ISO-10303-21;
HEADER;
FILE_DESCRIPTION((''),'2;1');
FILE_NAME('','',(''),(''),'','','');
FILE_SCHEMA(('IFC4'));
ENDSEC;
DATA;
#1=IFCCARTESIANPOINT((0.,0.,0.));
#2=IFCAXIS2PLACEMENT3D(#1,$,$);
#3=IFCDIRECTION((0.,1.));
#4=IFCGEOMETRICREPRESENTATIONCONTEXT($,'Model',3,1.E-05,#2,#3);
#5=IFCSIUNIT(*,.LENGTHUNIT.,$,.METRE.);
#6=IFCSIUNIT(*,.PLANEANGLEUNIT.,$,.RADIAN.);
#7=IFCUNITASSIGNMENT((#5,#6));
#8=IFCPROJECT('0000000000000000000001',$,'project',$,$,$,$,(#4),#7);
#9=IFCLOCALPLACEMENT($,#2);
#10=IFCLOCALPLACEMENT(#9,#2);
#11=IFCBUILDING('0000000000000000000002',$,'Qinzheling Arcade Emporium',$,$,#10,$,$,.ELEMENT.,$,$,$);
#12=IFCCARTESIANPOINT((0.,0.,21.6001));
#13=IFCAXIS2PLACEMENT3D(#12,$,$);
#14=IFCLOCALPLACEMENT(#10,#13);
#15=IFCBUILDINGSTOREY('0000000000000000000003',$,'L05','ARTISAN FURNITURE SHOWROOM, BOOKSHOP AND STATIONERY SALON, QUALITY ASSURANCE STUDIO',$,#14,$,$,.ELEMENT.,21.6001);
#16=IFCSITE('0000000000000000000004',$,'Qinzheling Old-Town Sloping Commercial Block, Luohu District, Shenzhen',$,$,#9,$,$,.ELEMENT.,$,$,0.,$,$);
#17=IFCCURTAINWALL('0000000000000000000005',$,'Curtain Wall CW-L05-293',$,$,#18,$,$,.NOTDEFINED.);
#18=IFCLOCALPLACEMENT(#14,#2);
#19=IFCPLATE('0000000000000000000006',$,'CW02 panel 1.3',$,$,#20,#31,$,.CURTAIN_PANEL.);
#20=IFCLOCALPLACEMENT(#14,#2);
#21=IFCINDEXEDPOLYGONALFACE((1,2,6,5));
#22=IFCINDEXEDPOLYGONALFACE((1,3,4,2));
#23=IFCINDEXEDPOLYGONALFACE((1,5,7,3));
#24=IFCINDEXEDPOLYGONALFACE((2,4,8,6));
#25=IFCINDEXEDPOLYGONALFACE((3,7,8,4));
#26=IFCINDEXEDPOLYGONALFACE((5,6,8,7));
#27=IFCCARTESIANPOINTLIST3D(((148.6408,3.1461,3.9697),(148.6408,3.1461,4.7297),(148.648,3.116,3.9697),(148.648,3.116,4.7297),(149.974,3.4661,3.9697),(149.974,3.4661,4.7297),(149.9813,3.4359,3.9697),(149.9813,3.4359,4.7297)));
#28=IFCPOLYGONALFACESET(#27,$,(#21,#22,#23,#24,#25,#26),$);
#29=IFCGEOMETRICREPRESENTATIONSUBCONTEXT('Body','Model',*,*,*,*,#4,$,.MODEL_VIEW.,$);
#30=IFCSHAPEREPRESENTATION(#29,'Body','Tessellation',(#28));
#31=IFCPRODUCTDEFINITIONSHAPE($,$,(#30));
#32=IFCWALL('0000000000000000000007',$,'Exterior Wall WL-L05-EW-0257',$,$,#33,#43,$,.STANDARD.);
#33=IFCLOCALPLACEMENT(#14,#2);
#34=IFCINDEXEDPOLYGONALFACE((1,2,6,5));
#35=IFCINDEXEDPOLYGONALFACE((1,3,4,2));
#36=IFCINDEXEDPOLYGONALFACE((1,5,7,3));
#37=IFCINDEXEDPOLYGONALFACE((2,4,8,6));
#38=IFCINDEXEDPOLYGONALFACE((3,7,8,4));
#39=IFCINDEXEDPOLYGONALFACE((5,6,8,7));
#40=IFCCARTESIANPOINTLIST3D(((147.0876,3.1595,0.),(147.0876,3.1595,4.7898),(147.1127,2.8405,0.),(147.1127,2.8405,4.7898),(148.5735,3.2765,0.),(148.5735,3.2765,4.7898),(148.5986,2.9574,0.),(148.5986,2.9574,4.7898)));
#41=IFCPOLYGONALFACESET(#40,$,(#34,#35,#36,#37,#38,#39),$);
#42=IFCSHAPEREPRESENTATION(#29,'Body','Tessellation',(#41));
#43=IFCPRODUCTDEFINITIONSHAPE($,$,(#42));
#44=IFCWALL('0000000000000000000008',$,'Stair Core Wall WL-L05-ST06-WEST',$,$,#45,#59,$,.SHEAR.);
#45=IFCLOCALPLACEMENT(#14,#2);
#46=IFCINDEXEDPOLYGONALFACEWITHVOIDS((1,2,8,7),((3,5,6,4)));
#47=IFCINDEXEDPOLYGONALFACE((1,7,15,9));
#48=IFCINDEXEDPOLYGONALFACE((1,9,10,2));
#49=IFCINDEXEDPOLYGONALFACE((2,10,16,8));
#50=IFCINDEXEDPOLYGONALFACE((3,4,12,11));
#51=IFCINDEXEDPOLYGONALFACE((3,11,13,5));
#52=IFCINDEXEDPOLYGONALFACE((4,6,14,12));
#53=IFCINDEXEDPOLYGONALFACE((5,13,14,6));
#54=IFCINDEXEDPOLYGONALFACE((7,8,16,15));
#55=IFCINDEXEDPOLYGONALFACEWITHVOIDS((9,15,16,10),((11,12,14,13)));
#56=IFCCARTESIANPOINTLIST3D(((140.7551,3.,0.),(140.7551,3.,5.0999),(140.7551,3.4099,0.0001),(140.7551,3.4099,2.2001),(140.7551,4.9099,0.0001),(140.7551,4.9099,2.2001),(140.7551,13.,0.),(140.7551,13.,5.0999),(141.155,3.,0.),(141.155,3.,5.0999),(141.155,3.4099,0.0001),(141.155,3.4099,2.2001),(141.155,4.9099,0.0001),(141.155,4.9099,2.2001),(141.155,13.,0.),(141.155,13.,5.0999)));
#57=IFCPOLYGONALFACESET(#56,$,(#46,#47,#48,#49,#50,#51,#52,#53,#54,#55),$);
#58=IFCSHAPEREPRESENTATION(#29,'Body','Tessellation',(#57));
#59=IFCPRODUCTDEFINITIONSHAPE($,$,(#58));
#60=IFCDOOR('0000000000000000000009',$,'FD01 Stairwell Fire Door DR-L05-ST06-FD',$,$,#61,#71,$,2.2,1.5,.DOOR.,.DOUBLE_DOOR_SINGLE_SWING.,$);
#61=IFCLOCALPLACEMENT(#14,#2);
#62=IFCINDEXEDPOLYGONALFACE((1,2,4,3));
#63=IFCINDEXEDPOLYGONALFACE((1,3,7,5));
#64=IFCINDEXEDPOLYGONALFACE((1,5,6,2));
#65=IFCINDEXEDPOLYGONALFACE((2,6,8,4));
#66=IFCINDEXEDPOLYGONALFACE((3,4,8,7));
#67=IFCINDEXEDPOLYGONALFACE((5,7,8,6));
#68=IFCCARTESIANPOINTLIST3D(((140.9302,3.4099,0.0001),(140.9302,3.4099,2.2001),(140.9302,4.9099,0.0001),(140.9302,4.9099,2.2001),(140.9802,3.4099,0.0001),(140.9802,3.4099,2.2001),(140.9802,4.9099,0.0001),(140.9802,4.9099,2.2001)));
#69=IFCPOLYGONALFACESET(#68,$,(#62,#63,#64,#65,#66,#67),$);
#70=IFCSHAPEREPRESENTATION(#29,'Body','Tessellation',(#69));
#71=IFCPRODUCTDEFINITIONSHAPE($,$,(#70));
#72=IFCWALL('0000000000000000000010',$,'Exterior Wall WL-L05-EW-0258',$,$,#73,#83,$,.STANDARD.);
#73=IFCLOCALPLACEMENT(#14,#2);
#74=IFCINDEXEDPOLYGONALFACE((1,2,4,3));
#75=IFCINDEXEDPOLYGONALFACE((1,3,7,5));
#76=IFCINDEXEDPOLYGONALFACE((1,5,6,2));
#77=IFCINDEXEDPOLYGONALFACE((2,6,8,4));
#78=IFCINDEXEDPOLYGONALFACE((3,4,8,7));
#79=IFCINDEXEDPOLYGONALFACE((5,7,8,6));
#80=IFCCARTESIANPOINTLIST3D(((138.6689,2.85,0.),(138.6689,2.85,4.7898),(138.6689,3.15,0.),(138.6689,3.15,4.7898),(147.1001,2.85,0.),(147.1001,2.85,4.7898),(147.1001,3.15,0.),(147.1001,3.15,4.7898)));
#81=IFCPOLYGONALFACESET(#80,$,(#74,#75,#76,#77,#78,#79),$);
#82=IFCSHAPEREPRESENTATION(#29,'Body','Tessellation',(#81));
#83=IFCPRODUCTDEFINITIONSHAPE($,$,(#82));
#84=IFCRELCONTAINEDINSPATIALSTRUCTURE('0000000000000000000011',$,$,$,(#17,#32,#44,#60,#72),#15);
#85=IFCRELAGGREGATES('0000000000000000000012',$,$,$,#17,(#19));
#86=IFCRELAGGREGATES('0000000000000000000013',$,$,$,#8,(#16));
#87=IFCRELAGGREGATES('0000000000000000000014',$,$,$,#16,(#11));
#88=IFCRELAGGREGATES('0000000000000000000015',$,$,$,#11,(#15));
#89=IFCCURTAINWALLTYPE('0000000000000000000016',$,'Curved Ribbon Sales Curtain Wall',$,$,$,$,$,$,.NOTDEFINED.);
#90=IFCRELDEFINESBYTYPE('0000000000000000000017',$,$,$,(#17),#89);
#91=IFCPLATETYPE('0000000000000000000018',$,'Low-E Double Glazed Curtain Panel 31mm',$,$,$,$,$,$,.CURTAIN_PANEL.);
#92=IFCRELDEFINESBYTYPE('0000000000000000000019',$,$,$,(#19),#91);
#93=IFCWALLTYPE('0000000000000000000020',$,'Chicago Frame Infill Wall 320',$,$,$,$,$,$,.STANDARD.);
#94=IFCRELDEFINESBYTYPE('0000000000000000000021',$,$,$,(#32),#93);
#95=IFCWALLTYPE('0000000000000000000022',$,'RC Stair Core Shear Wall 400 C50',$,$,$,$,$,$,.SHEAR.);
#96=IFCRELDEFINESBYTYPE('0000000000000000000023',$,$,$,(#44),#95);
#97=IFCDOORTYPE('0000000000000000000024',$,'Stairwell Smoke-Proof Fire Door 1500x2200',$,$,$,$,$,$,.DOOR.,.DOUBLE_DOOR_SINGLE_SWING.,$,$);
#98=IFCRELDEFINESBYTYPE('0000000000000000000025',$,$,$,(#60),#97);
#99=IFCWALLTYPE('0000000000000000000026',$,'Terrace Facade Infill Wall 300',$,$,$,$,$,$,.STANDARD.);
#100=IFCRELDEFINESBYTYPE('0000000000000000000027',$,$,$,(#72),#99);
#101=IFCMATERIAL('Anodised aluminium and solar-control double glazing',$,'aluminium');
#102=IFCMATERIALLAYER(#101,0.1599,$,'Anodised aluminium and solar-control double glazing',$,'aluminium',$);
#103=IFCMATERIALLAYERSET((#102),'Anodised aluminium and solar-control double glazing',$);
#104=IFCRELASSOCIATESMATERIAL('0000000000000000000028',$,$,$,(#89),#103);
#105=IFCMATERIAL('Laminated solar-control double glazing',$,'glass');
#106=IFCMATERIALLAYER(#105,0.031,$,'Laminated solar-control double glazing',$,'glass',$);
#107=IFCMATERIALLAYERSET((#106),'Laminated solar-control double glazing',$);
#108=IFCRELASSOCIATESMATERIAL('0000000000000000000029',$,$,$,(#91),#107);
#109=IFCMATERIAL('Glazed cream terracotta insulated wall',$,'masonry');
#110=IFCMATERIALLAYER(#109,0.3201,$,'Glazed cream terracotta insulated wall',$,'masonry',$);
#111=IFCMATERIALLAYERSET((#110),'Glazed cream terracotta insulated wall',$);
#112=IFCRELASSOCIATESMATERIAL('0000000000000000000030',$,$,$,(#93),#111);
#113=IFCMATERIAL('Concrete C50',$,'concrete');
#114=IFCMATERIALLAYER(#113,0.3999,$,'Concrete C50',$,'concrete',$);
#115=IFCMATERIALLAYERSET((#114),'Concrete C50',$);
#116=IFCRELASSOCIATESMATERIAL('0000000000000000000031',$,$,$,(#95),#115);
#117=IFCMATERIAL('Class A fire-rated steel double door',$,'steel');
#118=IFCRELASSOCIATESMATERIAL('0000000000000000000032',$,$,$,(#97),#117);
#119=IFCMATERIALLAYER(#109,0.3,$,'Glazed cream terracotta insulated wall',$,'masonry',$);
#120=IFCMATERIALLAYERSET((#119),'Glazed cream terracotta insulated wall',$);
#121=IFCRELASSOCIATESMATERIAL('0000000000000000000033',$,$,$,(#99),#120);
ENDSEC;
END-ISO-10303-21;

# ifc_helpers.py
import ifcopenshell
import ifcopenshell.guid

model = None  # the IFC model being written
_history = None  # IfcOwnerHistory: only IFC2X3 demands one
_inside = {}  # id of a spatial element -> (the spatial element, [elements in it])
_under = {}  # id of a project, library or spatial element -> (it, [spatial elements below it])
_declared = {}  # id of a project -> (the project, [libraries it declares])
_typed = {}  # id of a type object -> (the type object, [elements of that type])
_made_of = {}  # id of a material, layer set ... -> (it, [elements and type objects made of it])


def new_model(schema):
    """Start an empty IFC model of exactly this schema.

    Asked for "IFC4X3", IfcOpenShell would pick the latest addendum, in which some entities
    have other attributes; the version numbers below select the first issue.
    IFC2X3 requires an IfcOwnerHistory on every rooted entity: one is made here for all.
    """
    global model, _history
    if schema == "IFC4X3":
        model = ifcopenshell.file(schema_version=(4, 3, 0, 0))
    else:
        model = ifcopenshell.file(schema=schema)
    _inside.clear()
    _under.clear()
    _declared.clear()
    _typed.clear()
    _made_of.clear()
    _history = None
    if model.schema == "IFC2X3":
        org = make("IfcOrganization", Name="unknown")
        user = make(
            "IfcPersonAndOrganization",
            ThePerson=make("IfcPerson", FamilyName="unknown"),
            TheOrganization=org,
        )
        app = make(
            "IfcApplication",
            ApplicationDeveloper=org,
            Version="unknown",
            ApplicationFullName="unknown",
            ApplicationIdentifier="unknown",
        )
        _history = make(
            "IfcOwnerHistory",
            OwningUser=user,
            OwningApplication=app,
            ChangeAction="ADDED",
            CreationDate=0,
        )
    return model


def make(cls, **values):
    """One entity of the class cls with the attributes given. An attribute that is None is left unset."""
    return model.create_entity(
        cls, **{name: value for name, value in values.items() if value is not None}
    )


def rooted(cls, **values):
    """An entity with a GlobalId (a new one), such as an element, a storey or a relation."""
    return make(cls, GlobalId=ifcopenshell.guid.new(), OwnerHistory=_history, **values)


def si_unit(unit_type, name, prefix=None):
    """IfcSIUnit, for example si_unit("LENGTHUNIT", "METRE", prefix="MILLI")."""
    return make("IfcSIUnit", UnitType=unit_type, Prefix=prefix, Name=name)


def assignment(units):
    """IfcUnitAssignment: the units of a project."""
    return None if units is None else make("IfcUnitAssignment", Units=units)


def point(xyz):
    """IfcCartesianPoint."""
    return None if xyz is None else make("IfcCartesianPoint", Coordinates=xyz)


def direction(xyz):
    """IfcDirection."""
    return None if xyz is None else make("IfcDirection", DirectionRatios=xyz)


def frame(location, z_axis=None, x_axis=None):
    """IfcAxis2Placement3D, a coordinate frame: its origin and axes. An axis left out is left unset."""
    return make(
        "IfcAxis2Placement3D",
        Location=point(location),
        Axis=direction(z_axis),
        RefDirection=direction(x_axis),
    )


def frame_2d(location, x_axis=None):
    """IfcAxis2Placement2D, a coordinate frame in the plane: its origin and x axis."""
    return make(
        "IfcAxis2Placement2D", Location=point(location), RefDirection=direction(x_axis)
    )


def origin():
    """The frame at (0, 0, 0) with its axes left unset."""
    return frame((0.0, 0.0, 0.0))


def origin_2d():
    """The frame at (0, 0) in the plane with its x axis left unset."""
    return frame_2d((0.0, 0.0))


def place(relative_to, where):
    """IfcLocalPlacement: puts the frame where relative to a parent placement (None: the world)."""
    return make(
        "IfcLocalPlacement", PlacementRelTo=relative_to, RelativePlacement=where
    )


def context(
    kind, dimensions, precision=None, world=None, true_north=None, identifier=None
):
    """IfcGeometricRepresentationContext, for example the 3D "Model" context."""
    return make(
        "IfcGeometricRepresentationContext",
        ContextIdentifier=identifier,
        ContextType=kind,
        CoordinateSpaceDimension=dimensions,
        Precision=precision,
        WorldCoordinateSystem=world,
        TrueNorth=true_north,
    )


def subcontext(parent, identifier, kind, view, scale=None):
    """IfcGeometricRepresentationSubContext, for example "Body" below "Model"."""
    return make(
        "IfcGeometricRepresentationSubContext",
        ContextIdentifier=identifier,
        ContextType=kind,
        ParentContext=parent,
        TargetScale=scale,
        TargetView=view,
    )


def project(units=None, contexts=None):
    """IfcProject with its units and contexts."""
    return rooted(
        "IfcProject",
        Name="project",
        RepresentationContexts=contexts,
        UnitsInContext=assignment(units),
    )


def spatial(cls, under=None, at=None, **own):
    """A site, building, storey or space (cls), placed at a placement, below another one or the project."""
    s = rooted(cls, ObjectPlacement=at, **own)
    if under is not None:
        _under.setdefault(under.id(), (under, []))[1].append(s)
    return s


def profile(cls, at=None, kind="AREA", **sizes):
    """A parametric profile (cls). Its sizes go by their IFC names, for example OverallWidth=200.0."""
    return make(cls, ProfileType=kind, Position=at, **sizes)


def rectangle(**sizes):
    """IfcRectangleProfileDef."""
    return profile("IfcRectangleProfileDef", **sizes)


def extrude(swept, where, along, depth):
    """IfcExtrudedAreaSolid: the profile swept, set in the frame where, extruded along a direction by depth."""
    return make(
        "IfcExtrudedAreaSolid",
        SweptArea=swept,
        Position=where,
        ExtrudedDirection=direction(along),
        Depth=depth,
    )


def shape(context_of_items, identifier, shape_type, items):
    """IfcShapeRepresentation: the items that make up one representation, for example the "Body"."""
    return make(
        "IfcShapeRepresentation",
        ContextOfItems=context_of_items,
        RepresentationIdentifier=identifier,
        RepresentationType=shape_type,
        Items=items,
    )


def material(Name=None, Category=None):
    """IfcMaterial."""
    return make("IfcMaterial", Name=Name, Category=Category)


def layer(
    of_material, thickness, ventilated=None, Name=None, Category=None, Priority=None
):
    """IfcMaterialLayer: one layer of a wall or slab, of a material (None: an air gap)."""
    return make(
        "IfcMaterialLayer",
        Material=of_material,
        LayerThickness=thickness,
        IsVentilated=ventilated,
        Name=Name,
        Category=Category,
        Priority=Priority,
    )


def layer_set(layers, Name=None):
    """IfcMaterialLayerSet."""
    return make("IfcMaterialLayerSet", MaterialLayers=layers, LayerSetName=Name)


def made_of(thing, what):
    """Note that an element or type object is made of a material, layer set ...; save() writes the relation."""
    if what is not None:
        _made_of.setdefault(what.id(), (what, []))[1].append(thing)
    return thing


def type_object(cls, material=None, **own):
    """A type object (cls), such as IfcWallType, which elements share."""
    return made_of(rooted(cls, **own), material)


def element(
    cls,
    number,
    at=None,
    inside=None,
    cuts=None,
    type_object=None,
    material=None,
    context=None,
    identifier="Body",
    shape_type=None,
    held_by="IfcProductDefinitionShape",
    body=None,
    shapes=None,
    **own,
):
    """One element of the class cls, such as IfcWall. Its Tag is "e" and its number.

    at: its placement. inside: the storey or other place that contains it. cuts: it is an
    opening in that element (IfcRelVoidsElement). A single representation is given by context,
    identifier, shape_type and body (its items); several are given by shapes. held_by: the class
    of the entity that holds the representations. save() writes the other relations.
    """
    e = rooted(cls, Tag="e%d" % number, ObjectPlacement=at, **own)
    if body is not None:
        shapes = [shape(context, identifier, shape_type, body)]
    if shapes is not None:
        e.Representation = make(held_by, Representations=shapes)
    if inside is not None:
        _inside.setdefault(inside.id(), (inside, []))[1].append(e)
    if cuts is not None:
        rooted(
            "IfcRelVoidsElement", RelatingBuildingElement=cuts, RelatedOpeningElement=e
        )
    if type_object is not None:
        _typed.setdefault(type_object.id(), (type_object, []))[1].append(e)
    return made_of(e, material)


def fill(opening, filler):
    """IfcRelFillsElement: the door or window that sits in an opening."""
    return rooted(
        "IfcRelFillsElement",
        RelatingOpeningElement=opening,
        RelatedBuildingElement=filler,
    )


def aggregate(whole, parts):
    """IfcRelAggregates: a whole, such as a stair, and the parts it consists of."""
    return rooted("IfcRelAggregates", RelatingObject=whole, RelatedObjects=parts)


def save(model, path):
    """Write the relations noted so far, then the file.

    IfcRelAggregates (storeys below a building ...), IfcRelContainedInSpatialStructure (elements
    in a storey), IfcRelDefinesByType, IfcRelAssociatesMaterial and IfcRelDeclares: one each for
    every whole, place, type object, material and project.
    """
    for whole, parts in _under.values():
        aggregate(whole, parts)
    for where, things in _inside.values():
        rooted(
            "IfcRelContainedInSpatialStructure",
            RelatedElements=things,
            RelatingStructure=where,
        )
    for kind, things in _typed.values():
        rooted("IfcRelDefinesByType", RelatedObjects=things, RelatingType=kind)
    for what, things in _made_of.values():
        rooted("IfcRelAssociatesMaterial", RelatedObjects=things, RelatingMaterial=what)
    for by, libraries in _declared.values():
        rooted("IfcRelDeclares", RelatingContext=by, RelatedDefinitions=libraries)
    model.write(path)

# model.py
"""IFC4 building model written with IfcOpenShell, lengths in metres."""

from ifc_helpers import new_model, si_unit, direction, frame, frame_2d, origin, origin_2d, place, context, subcontext, project, spatial, rectangle, extrude, material, layer, layer_set, type_object, element, fill, aggregate, save


model = new_model("IFC4")

# Units and contexts
model_context = context("Model", 3, precision=1e-05, world=origin(), true_north=direction((0.0, 1.0)))
body_context = subcontext(model_context, "Body", "Model", "MODEL_VIEW")
ifc_project = project(units=[si_unit("LENGTHUNIT", "METRE"), si_unit("PLANEANGLEUNIT", "RADIAN")], contexts=[model_context])

# Site, building, storey
site_placement = place(None, origin())
site = spatial("IfcSite", under=ifc_project, at=site_placement, Name="Qinzheling Old-Town Sloping Commercial Block, Luohu District, Shenzhen", CompositionType="ELEMENT", RefElevation=0.0)
building_placement = place(site_placement, origin())
building = spatial("IfcBuilding", under=site, at=building_placement, Name="Qinzheling Arcade Emporium", CompositionType="ELEMENT")
storey_placement = place(building_placement, frame((0.0, 0.0, 21.6001)))
storey = spatial("IfcBuildingStorey", under=building, at=storey_placement, Name="L05", Description="ARTISAN FURNITURE SHOWROOM, BOOKSHOP AND STATIONERY SALON, QUALITY ASSURANCE STUDIO", CompositionType="ELEMENT", Elevation=21.6001)

# Shared definitions
ifc_material_1 = material(Name="Anodised aluminium and solar-control double glazing", Category="aluminium")
ifc_layer_1 = layer(ifc_material_1, 0.1599, Name="Anodised aluminium and solar-control double glazing", Category="aluminium")
ifc_layer_set_1 = layer_set([ifc_layer_1], Name="Anodised aluminium and solar-control double glazing")
curtain_wall_type = type_object("IfcCurtainWallType", Name="Curved Ribbon Sales Curtain Wall", PredefinedType="NOTDEFINED", material=ifc_layer_set_1)

# Curtain wall
curtain_wall_1_placement = place(storey_placement, origin())
curtain_wall_1 = element("IfcCurtainWall", 1, at=curtain_wall_1_placement, inside=storey, type_object=curtain_wall_type, Name="Curtain Wall CW-L05-293", PredefinedType="NOTDEFINED")

# Plate
ifc_material_2 = material(Name="Laminated solar-control double glazing", Category="glass")
ifc_layer_2 = layer(ifc_material_2, 0.031, Name="Laminated solar-control double glazing", Category="glass")
ifc_layer_set_2 = layer_set([ifc_layer_2], Name="Laminated solar-control double glazing")
plate_type_1 = type_object("IfcPlateType", Name="Low-E Double Glazed Curtain Panel 31mm", PredefinedType="CURTAIN_PANEL", material=ifc_layer_set_2)
plate_1_placement = place(storey_placement, frame((149.311, 3.291, 3.9697), z_axis=(0.0, 0.0, 1.0), x_axis=(-0.972387, -0.233373, 0.0)))
plate_1 = element("IfcPlate", 2, at=plate_1_placement, type_object=plate_type_1, Name="CW02 panel 1.3", PredefinedType="CURTAIN_PANEL", context=body_context, shape_type="SweptSolid", body=[
    extrude(rectangle(XDim=1.3711, YDim=0.031, at=origin_2d()), origin(), (0.0, 0.0, 1.0), 0.76),
])
aggregate(curtain_wall_1, [plate_1])

# Wall
ifc_material_3 = material(Name="Glazed cream terracotta insulated wall", Category="masonry")
ifc_layer_3 = layer(ifc_material_3, 0.3201, Name="Glazed cream terracotta insulated wall", Category="masonry")
ifc_layer_set_3 = layer_set([ifc_layer_3], Name="Glazed cream terracotta insulated wall")
wall_type_1 = type_object("IfcWallType", Name="Chicago Frame Infill Wall 320", PredefinedType="STANDARD", material=ifc_layer_set_3)
wall_1_placement = place(storey_placement, frame((148.5859, 3.1169, 0.0), z_axis=(0.0, 0.0, 1.0), x_axis=(-0.996917, -0.078463, 0.0)))
element("IfcWall", 3, at=wall_1_placement, inside=storey, type_object=wall_type_1, Name="Exterior Wall WL-L05-EW-0257", PredefinedType="STANDARD", context=body_context, shape_type="SweptSolid", body=[
    extrude(rectangle(XDim=1.4905, YDim=0.3201, at=frame_2d((0.7451, 0.0))), origin(), (0.0, 0.0, 1.0), 4.7898),
])

# Wall, opening, door
ifc_material_4 = material(Name="Concrete C50", Category="concrete")
ifc_layer_4 = layer(ifc_material_4, 0.3999, Name="Concrete C50", Category="concrete")
ifc_layer_set_4 = layer_set([ifc_layer_4], Name="Concrete C50")
wall_type_2 = type_object("IfcWallType", Name="RC Stair Core Shear Wall 400 C50", PredefinedType="SHEAR", material=ifc_layer_set_4)
wall_2_placement = place(storey_placement, frame((140.9551, 3.0, 0.0), z_axis=(0.0, 0.0, 1.0), x_axis=(0.0, 1.0, 0.0)))
wall_2 = element("IfcWall", 4, at=wall_2_placement, inside=storey, type_object=wall_type_2, Name="Stair Core Wall WL-L05-ST06-WEST", PredefinedType="SHEAR", context=body_context, shape_type="SweptSolid", body=[
    extrude(rectangle(XDim=10.0, YDim=0.3999, at=frame_2d((5.0, 0.0))), origin(), (0.0, 0.0, 1.0), 5.0999),
])
opening_placement = place(wall_2_placement, frame((0.4099, 0.0, 0.0)))
opening = element("IfcOpeningElement", 5, at=opening_placement, cuts=wall_2, PredefinedType="OPENING", context=body_context, shape_type="SweptSolid", body=[
    extrude(rectangle(XDim=1.5, YDim=2.2, at=frame_2d((0.75, 1.1001))), frame((0.0, 0.21, 0.0), z_axis=(0.0, -1.0, 0.0), x_axis=(1.0, 0.0, 0.0)), (0.0, 0.0, 1.0), 0.4199),
])
ifc_material_5 = material(Name="Class A fire-rated steel double door", Category="steel")
door_type = type_object("IfcDoorType", Name="Stairwell Smoke-Proof Fire Door 1500x2200", OperationType="DOUBLE_DOOR_SINGLE_SWING", PredefinedType="DOOR", material=ifc_material_5)
door_placement = place(opening_placement, origin())
door = element("IfcDoor", 6, at=door_placement, inside=storey, type_object=door_type, Name="FD01 Stairwell Fire Door DR-L05-ST06-FD", OperationType="DOUBLE_DOOR_SINGLE_SWING", OverallHeight=2.2, OverallWidth=1.5, PredefinedType="DOOR", context=body_context, shape_type="SweptSolid", body=[
    extrude(rectangle(XDim=1.5, YDim=2.2, at=frame_2d((0.75, 1.1001))), frame((0.0, 0.0249, 0.0), z_axis=(0.0, -1.0, 0.0), x_axis=(1.0, 0.0, 0.0)), (0.0, 0.0, 1.0), 0.05),
])
fill(opening, door)

# Wall
ifc_layer_5 = layer(ifc_material_3, 0.3, Name="Glazed cream terracotta insulated wall", Category="masonry")
ifc_layer_set_5 = layer_set([ifc_layer_5], Name="Glazed cream terracotta insulated wall")
wall_type_3 = type_object("IfcWallType", Name="Terrace Facade Infill Wall 300", PredefinedType="STANDARD", material=ifc_layer_set_5)
wall_3_placement = place(storey_placement, frame((147.1001, 3.0, 0.0), z_axis=(0.0, 0.0, 1.0), x_axis=(-1.0, 0.0, 0.0)))
element("IfcWall", 7, at=wall_3_placement, inside=storey, type_object=wall_type_3, Name="Exterior Wall WL-L05-EW-0258", PredefinedType="STANDARD", context=body_context, shape_type="SweptSolid", body=[
    extrude(rectangle(XDim=8.4312, YDim=0.3, at=frame_2d((4.2156, 0.0))), origin(), (0.0, 0.0, 1.0), 4.7898),
])

save(model, "model.ifc")
